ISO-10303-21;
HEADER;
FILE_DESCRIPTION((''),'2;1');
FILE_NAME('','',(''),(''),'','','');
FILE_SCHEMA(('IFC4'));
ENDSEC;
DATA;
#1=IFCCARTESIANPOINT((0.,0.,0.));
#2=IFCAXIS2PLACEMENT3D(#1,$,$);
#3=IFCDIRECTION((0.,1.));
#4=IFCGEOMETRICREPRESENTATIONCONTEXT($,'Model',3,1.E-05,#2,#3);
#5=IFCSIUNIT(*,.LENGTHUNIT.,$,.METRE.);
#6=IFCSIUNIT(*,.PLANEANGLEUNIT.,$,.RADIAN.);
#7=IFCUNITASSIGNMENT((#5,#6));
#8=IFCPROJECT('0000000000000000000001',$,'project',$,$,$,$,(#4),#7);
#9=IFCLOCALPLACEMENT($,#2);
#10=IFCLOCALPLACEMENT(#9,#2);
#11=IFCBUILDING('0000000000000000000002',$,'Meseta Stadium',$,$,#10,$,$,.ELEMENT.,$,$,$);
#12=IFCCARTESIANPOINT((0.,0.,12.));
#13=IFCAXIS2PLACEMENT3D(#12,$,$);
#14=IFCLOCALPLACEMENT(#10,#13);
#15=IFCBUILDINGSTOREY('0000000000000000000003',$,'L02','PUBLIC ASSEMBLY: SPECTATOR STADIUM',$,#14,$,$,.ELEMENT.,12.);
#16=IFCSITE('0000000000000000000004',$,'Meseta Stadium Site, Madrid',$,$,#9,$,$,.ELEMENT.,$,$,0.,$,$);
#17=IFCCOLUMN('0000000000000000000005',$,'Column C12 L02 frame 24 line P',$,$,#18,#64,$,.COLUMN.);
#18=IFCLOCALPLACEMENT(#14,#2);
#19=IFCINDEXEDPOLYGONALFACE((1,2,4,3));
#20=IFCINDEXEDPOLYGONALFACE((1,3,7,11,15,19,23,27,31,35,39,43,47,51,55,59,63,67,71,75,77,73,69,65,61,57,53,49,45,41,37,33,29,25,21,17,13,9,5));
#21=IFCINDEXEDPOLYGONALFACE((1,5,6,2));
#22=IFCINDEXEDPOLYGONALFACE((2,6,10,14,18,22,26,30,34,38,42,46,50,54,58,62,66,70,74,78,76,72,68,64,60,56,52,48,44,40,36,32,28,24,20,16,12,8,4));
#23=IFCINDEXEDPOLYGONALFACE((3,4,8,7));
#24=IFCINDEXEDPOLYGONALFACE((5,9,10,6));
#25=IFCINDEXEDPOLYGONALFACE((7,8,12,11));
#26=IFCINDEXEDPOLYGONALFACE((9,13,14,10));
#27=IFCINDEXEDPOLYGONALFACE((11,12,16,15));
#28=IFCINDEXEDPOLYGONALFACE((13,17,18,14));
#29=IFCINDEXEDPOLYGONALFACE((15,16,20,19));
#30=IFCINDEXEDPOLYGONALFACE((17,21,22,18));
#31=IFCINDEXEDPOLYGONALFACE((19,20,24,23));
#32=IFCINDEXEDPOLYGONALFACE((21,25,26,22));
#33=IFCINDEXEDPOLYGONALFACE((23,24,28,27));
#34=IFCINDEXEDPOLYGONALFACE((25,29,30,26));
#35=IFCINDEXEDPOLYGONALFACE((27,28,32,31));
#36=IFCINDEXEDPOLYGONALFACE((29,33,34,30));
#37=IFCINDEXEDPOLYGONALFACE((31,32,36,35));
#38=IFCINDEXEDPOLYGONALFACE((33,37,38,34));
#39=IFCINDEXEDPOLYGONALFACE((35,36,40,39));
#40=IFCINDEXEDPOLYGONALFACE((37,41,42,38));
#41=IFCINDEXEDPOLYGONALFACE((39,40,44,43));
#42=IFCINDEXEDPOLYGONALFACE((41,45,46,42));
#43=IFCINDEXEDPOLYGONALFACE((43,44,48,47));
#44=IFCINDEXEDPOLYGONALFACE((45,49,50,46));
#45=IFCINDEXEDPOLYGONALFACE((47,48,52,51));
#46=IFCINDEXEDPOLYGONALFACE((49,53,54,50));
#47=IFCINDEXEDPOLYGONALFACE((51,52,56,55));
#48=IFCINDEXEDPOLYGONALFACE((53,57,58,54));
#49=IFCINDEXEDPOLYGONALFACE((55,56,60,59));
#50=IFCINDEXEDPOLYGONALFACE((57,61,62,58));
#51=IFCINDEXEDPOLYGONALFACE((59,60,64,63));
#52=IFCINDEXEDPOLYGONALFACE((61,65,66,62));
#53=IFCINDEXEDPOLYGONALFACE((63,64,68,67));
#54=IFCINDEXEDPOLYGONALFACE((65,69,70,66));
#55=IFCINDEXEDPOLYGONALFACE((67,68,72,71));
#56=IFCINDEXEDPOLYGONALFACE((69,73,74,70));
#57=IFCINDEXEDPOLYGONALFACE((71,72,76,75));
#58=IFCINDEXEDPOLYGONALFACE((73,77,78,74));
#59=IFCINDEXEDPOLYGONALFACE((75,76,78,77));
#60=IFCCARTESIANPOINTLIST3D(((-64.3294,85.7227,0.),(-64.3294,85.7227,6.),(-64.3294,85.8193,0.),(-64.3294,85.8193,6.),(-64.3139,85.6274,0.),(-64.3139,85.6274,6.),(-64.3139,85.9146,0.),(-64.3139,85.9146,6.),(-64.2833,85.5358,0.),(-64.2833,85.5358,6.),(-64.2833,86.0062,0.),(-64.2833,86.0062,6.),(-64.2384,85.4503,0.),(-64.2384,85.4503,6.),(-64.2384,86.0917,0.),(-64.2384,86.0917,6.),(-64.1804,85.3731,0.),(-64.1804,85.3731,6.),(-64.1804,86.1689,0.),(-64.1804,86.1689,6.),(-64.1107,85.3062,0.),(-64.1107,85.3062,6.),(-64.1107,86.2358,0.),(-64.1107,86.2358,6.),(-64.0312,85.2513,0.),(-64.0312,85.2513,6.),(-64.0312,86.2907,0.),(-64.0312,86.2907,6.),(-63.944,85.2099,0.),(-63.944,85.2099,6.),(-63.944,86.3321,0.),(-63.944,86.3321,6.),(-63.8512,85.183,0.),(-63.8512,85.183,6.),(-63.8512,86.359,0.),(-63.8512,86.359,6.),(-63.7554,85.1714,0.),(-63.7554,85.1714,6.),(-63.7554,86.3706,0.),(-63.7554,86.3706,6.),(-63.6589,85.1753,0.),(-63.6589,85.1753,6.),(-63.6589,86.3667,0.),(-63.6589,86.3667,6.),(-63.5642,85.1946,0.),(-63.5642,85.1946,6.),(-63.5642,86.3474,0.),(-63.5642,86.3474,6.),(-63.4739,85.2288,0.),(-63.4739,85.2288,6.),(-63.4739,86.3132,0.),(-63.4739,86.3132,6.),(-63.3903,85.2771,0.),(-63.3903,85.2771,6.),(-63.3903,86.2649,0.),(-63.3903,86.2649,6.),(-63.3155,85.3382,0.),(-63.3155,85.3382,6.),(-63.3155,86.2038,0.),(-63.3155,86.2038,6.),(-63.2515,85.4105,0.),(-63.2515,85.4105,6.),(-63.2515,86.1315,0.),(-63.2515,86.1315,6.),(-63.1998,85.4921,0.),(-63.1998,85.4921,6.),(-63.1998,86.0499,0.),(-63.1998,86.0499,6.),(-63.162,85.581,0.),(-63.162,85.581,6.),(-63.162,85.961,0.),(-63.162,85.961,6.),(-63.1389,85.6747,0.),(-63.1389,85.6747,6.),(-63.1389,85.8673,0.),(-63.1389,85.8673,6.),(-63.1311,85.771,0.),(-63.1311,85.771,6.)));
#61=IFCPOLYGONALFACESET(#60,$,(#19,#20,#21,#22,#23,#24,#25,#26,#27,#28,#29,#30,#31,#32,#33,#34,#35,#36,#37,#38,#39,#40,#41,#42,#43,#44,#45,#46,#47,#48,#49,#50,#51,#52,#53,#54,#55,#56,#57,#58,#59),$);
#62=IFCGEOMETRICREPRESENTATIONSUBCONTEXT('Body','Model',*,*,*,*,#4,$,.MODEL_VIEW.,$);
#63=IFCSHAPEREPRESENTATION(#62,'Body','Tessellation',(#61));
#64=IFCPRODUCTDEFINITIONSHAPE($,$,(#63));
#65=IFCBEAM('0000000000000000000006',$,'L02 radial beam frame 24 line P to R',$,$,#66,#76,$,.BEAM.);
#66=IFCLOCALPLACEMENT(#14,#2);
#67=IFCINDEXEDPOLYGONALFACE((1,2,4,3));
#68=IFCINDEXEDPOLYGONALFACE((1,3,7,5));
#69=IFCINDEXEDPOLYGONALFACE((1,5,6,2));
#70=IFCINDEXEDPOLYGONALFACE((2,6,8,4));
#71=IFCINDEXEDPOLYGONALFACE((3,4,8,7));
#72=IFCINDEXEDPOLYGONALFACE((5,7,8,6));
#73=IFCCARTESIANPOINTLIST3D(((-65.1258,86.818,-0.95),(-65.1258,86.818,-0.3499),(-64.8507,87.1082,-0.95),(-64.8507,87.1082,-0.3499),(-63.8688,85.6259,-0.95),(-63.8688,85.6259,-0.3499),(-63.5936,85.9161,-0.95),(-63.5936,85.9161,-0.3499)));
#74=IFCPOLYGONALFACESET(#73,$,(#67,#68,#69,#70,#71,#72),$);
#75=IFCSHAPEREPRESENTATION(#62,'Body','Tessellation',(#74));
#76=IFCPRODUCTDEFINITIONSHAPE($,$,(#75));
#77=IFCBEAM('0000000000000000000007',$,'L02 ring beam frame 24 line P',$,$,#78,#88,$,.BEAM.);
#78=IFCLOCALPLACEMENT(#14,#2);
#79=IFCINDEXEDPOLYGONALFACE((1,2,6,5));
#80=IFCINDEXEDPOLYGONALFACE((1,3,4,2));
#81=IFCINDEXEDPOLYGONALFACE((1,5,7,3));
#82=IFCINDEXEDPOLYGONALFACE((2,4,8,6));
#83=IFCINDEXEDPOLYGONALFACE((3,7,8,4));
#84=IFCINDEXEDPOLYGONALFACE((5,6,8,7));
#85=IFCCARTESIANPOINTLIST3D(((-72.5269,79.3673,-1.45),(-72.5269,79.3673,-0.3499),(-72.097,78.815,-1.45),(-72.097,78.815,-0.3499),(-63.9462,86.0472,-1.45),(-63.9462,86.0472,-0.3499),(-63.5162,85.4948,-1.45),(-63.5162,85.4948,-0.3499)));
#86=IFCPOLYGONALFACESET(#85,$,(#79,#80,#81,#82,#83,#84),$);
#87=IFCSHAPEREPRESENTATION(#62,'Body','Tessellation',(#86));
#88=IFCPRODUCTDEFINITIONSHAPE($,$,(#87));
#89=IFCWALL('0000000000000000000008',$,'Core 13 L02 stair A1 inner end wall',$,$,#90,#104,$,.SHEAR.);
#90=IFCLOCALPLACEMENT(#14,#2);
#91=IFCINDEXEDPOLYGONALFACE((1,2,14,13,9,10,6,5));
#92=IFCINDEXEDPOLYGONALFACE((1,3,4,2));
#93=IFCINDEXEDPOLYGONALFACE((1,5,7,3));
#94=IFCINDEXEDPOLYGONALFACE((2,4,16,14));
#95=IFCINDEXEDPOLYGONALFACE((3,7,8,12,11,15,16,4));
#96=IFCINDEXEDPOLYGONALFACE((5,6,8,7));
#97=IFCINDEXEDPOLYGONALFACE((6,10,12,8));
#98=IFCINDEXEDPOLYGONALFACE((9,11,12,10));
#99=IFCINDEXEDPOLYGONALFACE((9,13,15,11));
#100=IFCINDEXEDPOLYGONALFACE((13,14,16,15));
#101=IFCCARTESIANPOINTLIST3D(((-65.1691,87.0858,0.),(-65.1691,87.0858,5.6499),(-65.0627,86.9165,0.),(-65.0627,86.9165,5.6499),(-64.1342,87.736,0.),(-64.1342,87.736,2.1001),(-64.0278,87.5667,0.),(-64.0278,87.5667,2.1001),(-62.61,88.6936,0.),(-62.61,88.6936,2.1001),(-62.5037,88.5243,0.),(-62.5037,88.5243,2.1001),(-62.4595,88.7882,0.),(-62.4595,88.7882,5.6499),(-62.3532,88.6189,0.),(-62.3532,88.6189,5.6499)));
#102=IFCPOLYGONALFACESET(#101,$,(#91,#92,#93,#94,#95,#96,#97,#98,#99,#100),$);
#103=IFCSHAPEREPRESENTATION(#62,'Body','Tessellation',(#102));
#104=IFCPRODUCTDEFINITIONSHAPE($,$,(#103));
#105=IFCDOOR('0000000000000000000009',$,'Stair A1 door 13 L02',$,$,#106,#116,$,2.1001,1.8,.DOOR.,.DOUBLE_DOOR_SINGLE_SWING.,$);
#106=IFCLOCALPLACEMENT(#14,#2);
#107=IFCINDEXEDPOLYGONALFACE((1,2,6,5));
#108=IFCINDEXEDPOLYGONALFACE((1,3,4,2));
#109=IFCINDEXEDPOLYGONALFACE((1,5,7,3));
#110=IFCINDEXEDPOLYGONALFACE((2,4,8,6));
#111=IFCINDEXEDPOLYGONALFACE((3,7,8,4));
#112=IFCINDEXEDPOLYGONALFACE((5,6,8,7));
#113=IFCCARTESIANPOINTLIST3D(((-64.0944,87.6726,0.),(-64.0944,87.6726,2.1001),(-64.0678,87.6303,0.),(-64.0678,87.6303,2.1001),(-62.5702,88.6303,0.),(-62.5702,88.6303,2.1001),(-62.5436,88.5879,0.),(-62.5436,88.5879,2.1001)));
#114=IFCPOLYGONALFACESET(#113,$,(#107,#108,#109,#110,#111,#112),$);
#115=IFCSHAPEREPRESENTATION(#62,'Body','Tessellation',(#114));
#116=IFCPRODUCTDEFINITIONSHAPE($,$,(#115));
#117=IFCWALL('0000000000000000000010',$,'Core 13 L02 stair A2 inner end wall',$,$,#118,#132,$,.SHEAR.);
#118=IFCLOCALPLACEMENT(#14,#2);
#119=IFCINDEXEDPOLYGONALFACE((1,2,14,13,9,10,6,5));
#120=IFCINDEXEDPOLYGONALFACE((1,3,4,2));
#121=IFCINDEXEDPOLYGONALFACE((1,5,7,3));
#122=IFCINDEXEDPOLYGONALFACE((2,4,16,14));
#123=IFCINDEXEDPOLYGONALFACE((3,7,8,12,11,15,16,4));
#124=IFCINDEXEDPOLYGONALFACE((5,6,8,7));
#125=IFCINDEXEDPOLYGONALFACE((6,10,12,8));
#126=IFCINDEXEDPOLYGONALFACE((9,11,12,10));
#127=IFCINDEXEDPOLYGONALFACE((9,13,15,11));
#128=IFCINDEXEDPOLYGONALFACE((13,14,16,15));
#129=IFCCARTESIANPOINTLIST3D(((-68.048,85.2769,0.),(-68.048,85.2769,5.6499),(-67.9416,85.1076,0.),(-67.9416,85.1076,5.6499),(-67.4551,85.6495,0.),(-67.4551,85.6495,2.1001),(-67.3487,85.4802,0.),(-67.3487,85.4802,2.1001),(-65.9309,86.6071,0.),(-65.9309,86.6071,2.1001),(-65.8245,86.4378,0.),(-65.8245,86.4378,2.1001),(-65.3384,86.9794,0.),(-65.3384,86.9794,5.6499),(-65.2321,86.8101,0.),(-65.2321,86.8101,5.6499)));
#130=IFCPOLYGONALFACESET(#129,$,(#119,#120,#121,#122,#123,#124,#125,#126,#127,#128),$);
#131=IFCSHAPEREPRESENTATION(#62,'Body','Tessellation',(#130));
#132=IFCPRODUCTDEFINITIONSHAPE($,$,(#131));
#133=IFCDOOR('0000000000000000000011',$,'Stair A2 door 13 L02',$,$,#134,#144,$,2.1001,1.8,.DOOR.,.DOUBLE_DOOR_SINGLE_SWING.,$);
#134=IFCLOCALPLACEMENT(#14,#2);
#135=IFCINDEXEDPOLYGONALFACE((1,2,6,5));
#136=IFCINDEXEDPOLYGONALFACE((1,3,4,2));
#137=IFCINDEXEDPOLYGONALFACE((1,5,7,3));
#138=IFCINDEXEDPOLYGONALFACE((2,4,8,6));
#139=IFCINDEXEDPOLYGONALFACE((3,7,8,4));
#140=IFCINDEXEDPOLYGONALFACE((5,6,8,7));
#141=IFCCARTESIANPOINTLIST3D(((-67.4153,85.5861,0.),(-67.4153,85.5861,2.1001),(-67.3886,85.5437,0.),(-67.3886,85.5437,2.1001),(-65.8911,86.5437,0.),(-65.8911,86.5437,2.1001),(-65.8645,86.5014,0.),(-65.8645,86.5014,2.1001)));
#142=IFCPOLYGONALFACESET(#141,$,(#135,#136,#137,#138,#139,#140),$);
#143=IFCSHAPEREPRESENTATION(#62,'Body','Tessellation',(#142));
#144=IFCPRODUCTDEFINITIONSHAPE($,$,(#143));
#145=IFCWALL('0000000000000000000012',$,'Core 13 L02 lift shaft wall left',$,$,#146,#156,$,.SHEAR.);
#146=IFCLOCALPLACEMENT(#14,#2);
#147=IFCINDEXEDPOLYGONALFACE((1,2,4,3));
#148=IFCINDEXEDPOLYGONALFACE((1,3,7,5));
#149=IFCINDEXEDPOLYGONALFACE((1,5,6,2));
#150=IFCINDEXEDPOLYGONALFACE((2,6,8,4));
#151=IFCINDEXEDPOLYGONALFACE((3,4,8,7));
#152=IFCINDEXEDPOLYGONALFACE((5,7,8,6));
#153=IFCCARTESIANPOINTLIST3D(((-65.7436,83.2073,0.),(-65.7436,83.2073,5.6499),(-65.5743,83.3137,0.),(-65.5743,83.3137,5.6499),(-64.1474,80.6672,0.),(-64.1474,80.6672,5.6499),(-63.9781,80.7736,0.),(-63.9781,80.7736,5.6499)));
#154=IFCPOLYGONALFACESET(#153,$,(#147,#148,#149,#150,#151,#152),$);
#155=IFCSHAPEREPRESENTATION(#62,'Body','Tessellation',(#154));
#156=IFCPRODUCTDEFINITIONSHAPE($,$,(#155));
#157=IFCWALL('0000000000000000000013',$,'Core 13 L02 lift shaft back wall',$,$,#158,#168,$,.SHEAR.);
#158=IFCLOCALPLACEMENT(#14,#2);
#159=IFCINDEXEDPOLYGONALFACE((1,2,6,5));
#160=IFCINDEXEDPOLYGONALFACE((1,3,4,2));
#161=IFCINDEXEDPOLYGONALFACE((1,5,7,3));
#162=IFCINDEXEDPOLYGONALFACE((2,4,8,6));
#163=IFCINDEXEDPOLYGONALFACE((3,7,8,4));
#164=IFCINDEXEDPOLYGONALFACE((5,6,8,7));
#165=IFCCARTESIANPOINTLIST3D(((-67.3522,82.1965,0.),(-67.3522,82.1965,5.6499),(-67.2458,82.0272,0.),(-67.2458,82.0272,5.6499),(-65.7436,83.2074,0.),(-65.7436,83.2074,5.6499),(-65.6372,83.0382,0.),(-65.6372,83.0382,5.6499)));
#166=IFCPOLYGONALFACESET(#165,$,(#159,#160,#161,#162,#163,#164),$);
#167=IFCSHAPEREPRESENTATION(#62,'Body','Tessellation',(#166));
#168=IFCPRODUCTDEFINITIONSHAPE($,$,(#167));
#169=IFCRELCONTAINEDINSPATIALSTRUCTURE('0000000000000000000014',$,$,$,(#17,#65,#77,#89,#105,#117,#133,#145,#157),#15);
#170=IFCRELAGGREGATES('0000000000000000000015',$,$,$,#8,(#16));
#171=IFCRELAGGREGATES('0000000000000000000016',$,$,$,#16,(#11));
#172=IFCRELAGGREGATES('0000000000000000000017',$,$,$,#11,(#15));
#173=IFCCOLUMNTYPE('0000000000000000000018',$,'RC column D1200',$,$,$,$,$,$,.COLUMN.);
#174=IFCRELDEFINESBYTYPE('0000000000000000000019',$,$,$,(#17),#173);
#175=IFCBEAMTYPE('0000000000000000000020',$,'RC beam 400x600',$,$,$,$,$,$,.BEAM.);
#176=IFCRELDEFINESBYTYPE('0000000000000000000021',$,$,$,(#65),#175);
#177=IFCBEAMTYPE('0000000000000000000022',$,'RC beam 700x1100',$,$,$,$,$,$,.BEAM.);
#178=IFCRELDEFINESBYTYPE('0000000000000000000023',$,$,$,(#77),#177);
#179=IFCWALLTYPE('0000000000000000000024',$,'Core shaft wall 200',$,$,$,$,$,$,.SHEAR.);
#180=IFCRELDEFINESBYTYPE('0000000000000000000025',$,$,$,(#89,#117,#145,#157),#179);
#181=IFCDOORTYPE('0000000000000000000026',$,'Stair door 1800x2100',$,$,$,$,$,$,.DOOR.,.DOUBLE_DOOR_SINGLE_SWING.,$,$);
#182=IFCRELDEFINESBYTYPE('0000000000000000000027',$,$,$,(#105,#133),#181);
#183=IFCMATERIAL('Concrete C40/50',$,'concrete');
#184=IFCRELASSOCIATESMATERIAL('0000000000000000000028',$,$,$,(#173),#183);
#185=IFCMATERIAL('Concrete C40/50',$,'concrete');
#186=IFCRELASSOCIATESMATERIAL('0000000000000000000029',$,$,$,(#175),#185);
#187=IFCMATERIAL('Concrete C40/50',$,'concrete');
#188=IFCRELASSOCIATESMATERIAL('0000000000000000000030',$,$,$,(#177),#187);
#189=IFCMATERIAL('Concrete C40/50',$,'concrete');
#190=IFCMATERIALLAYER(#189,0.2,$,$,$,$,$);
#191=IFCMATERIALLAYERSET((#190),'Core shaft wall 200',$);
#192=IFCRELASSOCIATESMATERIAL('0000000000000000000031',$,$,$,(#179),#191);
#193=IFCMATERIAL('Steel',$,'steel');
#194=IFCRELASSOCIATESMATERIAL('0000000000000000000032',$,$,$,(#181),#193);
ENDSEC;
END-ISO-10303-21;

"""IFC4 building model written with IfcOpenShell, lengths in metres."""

from ifc_helpers import new_model, si_unit, direction, frame, frame_2d, origin, origin_2d, place, context, subcontext, project, spatial, rectangle, circle, extrude, material, layer, layer_set, material_profile, profile_set, type_object, element, fill, save


model = new_model("IFC4")

# Units and contexts
model_context = context("Model", 3, precision=1e-05, world=origin(), true_north=direction((0.0, 1.0)))
body_context = subcontext(model_context, "Body", "Model", "MODEL_VIEW")
ifc_project = project(units=[si_unit("LENGTHUNIT", "METRE"), si_unit("PLANEANGLEUNIT", "RADIAN")], contexts=[model_context])

# Site, building, storey
site_placement = place(None, origin())
site = spatial("IfcSite", under=ifc_project, at=site_placement, Name="Meseta Stadium Site, Madrid", CompositionType="ELEMENT", RefElevation=0.0)
building_placement = place(site_placement, origin())
building = spatial("IfcBuilding", under=site, at=building_placement, Name="Meseta Stadium", CompositionType="ELEMENT")
storey_placement = place(building_placement, frame((0.0, 0.0, 12.0)))
storey = spatial("IfcBuildingStorey", under=building, at=storey_placement, Name="L02", Description="PUBLIC ASSEMBLY: SPECTATOR STADIUM", CompositionType="ELEMENT", Elevation=12.0)

# Column
ifc_material_1 = material(Name="Concrete C40/50", Category="concrete")
ifc_material_profile_1 = material_profile(ifc_material_1, circle(Radius=0.6001, at=origin_2d()), Name="RC D1200")
ifc_profile_set_1 = profile_set([ifc_material_profile_1], Name="Concrete C40/50")
column_type = type_object("IfcColumnType", Name="RC column D1200", PredefinedType="COLUMN", material=ifc_profile_set_1)
column_placement = place(storey_placement, frame((-63.7312, 85.771, 0.0), z_axis=(0.0, 0.0, 1.0), x_axis=(1.0, 0.0, 0.0)))
element("IfcColumn", 1, at=column_placement, inside=storey, type_object=column_type, Name="Column C12 L02 frame 24 line P", PredefinedType="COLUMN", context=body_context, shape_type="SweptSolid", body=[
    extrude(circle(Radius=0.6001, at=origin_2d()), origin(), (0.0, 0.0, 1.0), 6.0),
])

# Beams
ifc_material_2 = material(Name="Concrete C40/50", Category="concrete")
ifc_material_profile_2 = material_profile(ifc_material_2, rectangle(XDim=0.3999, YDim=0.6001, at=origin_2d()), Name="RC 400x600")
ifc_profile_set_2 = profile_set([ifc_material_profile_2], Name="Concrete C40/50")
beam_type_1 = type_object("IfcBeamType", Name="RC beam 400x600", PredefinedType="BEAM", material=ifc_profile_set_2)
beam_1_placement = place(storey_placement, frame((-63.7312, 85.771, -0.6499), z_axis=(-0.725601, 0.688116, 0.0), x_axis=(-0.688116, -0.725601, 0.0)))
element("IfcBeam", 2, at=beam_1_placement, inside=storey, type_object=beam_type_1, Name="L02 radial beam frame 24 line P to R", PredefinedType="BEAM", context=body_context, shape_type="SweptSolid", body=[
    extrude(rectangle(XDim=0.3999, YDim=0.6001, at=origin_2d()), origin(), (0.0, 0.0, 1.0), 1.7324),
])
ifc_material_3 = material(Name="Concrete C40/50", Category="concrete")
ifc_material_profile_3 = material_profile(ifc_material_3, rectangle(XDim=0.7, YDim=1.1001, at=origin_2d()), Name="RC 700x1100")
ifc_profile_set_3 = profile_set([ifc_material_profile_3], Name="Concrete C40/50")
beam_type_2 = type_object("IfcBeamType", Name="RC beam 700x1100", PredefinedType="BEAM", material=ifc_profile_set_3)
beam_2_placement = place(storey_placement, frame((-63.7312, 85.771, -0.8999), z_axis=(-0.789086, -0.614283, 0.0), x_axis=(0.614283, -0.789086, 0.0)))
element("IfcBeam", 3, at=beam_2_placement, inside=storey, type_object=beam_type_2, Name="L02 ring beam frame 24 line P", PredefinedType="BEAM", context=body_context, shape_type="SweptSolid", body=[
    extrude(rectangle(XDim=0.7, YDim=1.1001, at=origin_2d()), origin(), (0.0, 0.0, 1.0), 10.8743),
])

# Walls, openings, doors
ifc_material_4 = material(Name="Concrete C40/50", Category="concrete")
ifc_layer_1 = layer(ifc_material_4, 0.2)
ifc_layer_set_1 = layer_set([ifc_layer_1], Name="Core shaft wall 200")
wall_type_1 = type_object("IfcWallType", Name="Core shaft wall 200", PredefinedType="SHEAR", material=ifc_layer_set_1)
wall_1_placement = place(storey_placement, frame((-62.4062, 88.7036, 0.0), z_axis=(0.0, 0.0, 1.0), x_axis=(-0.846736, -0.532014, 0.0)))
wall_1 = element("IfcWall", 4, at=wall_1_placement, inside=storey, type_object=wall_type_1, Name="Core 13 L02 stair A1 inner end wall", PredefinedType="SHEAR", context=body_context, shape_type="SweptSolid", body=[
    extrude(rectangle(XDim=3.2, YDim=0.2, at=frame_2d((1.6001, 0.0))), origin(), (0.0, 0.0, 1.0), 5.6499),
])
opening_1_placement = place(wall_1_placement, frame((0.178, 0.0, 0.0)))
opening_1 = element("IfcOpeningElement", 5, at=opening_1_placement, cuts=wall_1, PredefinedType="OPENING", context=body_context, shape_type="SweptSolid", body=[
    extrude(rectangle(XDim=1.8, YDim=2.1001, at=frame_2d((0.8999, 1.05))), frame((0.0, 0.1099, 0.0), z_axis=(0.0, -1.0, 0.0), x_axis=(1.0, 0.0, 0.0)), (0.0, 0.0, 1.0), 0.22),
])
ifc_material_5 = material(Name="Steel", Category="steel")
door_type_1 = type_object("IfcDoorType", Name="Stair door 1800x2100", OperationType="DOUBLE_DOOR_SINGLE_SWING", PredefinedType="DOOR", material=ifc_material_5)
door_1_placement = place(opening_1_placement, origin())
door_1 = element("IfcDoor", 6, at=door_1_placement, inside=storey, type_object=door_type_1, Name="Stair A1 door 13 L02", OperationType="DOUBLE_DOOR_SINGLE_SWING", OverallHeight=2.1001, OverallWidth=1.8, PredefinedType="DOOR", context=body_context, shape_type="SweptSolid", body=[
    extrude(rectangle(XDim=1.8, YDim=2.1001, at=frame_2d((0.8999, 1.05))), frame((0.0, 0.0249, 0.0), z_axis=(0.0, -1.0, 0.0), x_axis=(1.0, 0.0, 0.0)), (0.0, 0.0, 1.0), 0.05),
])
fill(opening_1, door_1)
wall_2_placement = place(storey_placement, frame((-65.2852, 86.8948, 0.0), z_axis=(0.0, 0.0, 1.0), x_axis=(-0.846736, -0.532014, 0.0)))
wall_2 = element("IfcWall", 7, at=wall_2_placement, inside=storey, type_object=wall_type_1, Name="Core 13 L02 stair A2 inner end wall", PredefinedType="SHEAR", context=body_context, shape_type="SweptSolid", body=[
    extrude(rectangle(XDim=3.2, YDim=0.2, at=frame_2d((1.6001, 0.0))), origin(), (0.0, 0.0, 1.0), 5.6499),
])
opening_2_placement = place(wall_2_placement, frame((0.7, 0.0, 0.0)))
opening_2 = element("IfcOpeningElement", 8, at=opening_2_placement, cuts=wall_2, PredefinedType="OPENING", context=body_context, shape_type="SweptSolid", body=[
    extrude(rectangle(XDim=1.8, YDim=2.1001, at=frame_2d((0.8999, 1.05))), frame((0.0, 0.1099, 0.0), z_axis=(0.0, -1.0, 0.0), x_axis=(1.0, 0.0, 0.0)), (0.0, 0.0, 1.0), 0.22),
])
door_2_placement = place(opening_2_placement, origin())
door_2 = element("IfcDoor", 9, at=door_2_placement, inside=storey, type_object=door_type_1, Name="Stair A2 door 13 L02", OperationType="DOUBLE_DOOR_SINGLE_SWING", OverallHeight=2.1001, OverallWidth=1.8, PredefinedType="DOOR", context=body_context, shape_type="SweptSolid", body=[
    extrude(rectangle(XDim=1.8, YDim=2.1001, at=frame_2d((0.8999, 1.05))), frame((0.0, 0.0249, 0.0), z_axis=(0.0, -1.0, 0.0), x_axis=(1.0, 0.0, 0.0)), (0.0, 0.0, 1.0), 0.05),
])
fill(opening_2, door_2)

# Walls
wall_3_placement = place(storey_placement, frame((-65.6589, 83.2605, 0.0), z_axis=(0.0, 0.0, 1.0), x_axis=(0.532075, -0.846697, 0.0)))
element("IfcWall", 10, at=wall_3_placement, inside=storey, type_object=wall_type_1, Name="Core 13 L02 lift shaft wall left", PredefinedType="SHEAR", context=body_context, shape_type="SweptSolid", body=[
    extrude(rectangle(XDim=3.0, YDim=0.2, at=frame_2d((1.5, 0.0))), origin(), (0.0, 0.0, 1.0), 5.6499),
])
wall_4_placement = place(storey_placement, frame((-65.6904, 83.1228, 0.0), z_axis=(0.0, 0.0, 1.0), x_axis=(-0.846675, -0.532111, 0.0)))
element("IfcWall", 11, at=wall_4_placement, inside=storey, type_object=wall_type_1, Name="Core 13 L02 lift shaft back wall", PredefinedType="SHEAR", context=body_context, shape_type="SweptSolid", body=[
    extrude(rectangle(XDim=1.8999, YDim=0.2, at=frame_2d((0.95, 0.0))), origin(), (0.0, 0.0, 1.0), 5.6499),
])

save(model, "model.ifc")
